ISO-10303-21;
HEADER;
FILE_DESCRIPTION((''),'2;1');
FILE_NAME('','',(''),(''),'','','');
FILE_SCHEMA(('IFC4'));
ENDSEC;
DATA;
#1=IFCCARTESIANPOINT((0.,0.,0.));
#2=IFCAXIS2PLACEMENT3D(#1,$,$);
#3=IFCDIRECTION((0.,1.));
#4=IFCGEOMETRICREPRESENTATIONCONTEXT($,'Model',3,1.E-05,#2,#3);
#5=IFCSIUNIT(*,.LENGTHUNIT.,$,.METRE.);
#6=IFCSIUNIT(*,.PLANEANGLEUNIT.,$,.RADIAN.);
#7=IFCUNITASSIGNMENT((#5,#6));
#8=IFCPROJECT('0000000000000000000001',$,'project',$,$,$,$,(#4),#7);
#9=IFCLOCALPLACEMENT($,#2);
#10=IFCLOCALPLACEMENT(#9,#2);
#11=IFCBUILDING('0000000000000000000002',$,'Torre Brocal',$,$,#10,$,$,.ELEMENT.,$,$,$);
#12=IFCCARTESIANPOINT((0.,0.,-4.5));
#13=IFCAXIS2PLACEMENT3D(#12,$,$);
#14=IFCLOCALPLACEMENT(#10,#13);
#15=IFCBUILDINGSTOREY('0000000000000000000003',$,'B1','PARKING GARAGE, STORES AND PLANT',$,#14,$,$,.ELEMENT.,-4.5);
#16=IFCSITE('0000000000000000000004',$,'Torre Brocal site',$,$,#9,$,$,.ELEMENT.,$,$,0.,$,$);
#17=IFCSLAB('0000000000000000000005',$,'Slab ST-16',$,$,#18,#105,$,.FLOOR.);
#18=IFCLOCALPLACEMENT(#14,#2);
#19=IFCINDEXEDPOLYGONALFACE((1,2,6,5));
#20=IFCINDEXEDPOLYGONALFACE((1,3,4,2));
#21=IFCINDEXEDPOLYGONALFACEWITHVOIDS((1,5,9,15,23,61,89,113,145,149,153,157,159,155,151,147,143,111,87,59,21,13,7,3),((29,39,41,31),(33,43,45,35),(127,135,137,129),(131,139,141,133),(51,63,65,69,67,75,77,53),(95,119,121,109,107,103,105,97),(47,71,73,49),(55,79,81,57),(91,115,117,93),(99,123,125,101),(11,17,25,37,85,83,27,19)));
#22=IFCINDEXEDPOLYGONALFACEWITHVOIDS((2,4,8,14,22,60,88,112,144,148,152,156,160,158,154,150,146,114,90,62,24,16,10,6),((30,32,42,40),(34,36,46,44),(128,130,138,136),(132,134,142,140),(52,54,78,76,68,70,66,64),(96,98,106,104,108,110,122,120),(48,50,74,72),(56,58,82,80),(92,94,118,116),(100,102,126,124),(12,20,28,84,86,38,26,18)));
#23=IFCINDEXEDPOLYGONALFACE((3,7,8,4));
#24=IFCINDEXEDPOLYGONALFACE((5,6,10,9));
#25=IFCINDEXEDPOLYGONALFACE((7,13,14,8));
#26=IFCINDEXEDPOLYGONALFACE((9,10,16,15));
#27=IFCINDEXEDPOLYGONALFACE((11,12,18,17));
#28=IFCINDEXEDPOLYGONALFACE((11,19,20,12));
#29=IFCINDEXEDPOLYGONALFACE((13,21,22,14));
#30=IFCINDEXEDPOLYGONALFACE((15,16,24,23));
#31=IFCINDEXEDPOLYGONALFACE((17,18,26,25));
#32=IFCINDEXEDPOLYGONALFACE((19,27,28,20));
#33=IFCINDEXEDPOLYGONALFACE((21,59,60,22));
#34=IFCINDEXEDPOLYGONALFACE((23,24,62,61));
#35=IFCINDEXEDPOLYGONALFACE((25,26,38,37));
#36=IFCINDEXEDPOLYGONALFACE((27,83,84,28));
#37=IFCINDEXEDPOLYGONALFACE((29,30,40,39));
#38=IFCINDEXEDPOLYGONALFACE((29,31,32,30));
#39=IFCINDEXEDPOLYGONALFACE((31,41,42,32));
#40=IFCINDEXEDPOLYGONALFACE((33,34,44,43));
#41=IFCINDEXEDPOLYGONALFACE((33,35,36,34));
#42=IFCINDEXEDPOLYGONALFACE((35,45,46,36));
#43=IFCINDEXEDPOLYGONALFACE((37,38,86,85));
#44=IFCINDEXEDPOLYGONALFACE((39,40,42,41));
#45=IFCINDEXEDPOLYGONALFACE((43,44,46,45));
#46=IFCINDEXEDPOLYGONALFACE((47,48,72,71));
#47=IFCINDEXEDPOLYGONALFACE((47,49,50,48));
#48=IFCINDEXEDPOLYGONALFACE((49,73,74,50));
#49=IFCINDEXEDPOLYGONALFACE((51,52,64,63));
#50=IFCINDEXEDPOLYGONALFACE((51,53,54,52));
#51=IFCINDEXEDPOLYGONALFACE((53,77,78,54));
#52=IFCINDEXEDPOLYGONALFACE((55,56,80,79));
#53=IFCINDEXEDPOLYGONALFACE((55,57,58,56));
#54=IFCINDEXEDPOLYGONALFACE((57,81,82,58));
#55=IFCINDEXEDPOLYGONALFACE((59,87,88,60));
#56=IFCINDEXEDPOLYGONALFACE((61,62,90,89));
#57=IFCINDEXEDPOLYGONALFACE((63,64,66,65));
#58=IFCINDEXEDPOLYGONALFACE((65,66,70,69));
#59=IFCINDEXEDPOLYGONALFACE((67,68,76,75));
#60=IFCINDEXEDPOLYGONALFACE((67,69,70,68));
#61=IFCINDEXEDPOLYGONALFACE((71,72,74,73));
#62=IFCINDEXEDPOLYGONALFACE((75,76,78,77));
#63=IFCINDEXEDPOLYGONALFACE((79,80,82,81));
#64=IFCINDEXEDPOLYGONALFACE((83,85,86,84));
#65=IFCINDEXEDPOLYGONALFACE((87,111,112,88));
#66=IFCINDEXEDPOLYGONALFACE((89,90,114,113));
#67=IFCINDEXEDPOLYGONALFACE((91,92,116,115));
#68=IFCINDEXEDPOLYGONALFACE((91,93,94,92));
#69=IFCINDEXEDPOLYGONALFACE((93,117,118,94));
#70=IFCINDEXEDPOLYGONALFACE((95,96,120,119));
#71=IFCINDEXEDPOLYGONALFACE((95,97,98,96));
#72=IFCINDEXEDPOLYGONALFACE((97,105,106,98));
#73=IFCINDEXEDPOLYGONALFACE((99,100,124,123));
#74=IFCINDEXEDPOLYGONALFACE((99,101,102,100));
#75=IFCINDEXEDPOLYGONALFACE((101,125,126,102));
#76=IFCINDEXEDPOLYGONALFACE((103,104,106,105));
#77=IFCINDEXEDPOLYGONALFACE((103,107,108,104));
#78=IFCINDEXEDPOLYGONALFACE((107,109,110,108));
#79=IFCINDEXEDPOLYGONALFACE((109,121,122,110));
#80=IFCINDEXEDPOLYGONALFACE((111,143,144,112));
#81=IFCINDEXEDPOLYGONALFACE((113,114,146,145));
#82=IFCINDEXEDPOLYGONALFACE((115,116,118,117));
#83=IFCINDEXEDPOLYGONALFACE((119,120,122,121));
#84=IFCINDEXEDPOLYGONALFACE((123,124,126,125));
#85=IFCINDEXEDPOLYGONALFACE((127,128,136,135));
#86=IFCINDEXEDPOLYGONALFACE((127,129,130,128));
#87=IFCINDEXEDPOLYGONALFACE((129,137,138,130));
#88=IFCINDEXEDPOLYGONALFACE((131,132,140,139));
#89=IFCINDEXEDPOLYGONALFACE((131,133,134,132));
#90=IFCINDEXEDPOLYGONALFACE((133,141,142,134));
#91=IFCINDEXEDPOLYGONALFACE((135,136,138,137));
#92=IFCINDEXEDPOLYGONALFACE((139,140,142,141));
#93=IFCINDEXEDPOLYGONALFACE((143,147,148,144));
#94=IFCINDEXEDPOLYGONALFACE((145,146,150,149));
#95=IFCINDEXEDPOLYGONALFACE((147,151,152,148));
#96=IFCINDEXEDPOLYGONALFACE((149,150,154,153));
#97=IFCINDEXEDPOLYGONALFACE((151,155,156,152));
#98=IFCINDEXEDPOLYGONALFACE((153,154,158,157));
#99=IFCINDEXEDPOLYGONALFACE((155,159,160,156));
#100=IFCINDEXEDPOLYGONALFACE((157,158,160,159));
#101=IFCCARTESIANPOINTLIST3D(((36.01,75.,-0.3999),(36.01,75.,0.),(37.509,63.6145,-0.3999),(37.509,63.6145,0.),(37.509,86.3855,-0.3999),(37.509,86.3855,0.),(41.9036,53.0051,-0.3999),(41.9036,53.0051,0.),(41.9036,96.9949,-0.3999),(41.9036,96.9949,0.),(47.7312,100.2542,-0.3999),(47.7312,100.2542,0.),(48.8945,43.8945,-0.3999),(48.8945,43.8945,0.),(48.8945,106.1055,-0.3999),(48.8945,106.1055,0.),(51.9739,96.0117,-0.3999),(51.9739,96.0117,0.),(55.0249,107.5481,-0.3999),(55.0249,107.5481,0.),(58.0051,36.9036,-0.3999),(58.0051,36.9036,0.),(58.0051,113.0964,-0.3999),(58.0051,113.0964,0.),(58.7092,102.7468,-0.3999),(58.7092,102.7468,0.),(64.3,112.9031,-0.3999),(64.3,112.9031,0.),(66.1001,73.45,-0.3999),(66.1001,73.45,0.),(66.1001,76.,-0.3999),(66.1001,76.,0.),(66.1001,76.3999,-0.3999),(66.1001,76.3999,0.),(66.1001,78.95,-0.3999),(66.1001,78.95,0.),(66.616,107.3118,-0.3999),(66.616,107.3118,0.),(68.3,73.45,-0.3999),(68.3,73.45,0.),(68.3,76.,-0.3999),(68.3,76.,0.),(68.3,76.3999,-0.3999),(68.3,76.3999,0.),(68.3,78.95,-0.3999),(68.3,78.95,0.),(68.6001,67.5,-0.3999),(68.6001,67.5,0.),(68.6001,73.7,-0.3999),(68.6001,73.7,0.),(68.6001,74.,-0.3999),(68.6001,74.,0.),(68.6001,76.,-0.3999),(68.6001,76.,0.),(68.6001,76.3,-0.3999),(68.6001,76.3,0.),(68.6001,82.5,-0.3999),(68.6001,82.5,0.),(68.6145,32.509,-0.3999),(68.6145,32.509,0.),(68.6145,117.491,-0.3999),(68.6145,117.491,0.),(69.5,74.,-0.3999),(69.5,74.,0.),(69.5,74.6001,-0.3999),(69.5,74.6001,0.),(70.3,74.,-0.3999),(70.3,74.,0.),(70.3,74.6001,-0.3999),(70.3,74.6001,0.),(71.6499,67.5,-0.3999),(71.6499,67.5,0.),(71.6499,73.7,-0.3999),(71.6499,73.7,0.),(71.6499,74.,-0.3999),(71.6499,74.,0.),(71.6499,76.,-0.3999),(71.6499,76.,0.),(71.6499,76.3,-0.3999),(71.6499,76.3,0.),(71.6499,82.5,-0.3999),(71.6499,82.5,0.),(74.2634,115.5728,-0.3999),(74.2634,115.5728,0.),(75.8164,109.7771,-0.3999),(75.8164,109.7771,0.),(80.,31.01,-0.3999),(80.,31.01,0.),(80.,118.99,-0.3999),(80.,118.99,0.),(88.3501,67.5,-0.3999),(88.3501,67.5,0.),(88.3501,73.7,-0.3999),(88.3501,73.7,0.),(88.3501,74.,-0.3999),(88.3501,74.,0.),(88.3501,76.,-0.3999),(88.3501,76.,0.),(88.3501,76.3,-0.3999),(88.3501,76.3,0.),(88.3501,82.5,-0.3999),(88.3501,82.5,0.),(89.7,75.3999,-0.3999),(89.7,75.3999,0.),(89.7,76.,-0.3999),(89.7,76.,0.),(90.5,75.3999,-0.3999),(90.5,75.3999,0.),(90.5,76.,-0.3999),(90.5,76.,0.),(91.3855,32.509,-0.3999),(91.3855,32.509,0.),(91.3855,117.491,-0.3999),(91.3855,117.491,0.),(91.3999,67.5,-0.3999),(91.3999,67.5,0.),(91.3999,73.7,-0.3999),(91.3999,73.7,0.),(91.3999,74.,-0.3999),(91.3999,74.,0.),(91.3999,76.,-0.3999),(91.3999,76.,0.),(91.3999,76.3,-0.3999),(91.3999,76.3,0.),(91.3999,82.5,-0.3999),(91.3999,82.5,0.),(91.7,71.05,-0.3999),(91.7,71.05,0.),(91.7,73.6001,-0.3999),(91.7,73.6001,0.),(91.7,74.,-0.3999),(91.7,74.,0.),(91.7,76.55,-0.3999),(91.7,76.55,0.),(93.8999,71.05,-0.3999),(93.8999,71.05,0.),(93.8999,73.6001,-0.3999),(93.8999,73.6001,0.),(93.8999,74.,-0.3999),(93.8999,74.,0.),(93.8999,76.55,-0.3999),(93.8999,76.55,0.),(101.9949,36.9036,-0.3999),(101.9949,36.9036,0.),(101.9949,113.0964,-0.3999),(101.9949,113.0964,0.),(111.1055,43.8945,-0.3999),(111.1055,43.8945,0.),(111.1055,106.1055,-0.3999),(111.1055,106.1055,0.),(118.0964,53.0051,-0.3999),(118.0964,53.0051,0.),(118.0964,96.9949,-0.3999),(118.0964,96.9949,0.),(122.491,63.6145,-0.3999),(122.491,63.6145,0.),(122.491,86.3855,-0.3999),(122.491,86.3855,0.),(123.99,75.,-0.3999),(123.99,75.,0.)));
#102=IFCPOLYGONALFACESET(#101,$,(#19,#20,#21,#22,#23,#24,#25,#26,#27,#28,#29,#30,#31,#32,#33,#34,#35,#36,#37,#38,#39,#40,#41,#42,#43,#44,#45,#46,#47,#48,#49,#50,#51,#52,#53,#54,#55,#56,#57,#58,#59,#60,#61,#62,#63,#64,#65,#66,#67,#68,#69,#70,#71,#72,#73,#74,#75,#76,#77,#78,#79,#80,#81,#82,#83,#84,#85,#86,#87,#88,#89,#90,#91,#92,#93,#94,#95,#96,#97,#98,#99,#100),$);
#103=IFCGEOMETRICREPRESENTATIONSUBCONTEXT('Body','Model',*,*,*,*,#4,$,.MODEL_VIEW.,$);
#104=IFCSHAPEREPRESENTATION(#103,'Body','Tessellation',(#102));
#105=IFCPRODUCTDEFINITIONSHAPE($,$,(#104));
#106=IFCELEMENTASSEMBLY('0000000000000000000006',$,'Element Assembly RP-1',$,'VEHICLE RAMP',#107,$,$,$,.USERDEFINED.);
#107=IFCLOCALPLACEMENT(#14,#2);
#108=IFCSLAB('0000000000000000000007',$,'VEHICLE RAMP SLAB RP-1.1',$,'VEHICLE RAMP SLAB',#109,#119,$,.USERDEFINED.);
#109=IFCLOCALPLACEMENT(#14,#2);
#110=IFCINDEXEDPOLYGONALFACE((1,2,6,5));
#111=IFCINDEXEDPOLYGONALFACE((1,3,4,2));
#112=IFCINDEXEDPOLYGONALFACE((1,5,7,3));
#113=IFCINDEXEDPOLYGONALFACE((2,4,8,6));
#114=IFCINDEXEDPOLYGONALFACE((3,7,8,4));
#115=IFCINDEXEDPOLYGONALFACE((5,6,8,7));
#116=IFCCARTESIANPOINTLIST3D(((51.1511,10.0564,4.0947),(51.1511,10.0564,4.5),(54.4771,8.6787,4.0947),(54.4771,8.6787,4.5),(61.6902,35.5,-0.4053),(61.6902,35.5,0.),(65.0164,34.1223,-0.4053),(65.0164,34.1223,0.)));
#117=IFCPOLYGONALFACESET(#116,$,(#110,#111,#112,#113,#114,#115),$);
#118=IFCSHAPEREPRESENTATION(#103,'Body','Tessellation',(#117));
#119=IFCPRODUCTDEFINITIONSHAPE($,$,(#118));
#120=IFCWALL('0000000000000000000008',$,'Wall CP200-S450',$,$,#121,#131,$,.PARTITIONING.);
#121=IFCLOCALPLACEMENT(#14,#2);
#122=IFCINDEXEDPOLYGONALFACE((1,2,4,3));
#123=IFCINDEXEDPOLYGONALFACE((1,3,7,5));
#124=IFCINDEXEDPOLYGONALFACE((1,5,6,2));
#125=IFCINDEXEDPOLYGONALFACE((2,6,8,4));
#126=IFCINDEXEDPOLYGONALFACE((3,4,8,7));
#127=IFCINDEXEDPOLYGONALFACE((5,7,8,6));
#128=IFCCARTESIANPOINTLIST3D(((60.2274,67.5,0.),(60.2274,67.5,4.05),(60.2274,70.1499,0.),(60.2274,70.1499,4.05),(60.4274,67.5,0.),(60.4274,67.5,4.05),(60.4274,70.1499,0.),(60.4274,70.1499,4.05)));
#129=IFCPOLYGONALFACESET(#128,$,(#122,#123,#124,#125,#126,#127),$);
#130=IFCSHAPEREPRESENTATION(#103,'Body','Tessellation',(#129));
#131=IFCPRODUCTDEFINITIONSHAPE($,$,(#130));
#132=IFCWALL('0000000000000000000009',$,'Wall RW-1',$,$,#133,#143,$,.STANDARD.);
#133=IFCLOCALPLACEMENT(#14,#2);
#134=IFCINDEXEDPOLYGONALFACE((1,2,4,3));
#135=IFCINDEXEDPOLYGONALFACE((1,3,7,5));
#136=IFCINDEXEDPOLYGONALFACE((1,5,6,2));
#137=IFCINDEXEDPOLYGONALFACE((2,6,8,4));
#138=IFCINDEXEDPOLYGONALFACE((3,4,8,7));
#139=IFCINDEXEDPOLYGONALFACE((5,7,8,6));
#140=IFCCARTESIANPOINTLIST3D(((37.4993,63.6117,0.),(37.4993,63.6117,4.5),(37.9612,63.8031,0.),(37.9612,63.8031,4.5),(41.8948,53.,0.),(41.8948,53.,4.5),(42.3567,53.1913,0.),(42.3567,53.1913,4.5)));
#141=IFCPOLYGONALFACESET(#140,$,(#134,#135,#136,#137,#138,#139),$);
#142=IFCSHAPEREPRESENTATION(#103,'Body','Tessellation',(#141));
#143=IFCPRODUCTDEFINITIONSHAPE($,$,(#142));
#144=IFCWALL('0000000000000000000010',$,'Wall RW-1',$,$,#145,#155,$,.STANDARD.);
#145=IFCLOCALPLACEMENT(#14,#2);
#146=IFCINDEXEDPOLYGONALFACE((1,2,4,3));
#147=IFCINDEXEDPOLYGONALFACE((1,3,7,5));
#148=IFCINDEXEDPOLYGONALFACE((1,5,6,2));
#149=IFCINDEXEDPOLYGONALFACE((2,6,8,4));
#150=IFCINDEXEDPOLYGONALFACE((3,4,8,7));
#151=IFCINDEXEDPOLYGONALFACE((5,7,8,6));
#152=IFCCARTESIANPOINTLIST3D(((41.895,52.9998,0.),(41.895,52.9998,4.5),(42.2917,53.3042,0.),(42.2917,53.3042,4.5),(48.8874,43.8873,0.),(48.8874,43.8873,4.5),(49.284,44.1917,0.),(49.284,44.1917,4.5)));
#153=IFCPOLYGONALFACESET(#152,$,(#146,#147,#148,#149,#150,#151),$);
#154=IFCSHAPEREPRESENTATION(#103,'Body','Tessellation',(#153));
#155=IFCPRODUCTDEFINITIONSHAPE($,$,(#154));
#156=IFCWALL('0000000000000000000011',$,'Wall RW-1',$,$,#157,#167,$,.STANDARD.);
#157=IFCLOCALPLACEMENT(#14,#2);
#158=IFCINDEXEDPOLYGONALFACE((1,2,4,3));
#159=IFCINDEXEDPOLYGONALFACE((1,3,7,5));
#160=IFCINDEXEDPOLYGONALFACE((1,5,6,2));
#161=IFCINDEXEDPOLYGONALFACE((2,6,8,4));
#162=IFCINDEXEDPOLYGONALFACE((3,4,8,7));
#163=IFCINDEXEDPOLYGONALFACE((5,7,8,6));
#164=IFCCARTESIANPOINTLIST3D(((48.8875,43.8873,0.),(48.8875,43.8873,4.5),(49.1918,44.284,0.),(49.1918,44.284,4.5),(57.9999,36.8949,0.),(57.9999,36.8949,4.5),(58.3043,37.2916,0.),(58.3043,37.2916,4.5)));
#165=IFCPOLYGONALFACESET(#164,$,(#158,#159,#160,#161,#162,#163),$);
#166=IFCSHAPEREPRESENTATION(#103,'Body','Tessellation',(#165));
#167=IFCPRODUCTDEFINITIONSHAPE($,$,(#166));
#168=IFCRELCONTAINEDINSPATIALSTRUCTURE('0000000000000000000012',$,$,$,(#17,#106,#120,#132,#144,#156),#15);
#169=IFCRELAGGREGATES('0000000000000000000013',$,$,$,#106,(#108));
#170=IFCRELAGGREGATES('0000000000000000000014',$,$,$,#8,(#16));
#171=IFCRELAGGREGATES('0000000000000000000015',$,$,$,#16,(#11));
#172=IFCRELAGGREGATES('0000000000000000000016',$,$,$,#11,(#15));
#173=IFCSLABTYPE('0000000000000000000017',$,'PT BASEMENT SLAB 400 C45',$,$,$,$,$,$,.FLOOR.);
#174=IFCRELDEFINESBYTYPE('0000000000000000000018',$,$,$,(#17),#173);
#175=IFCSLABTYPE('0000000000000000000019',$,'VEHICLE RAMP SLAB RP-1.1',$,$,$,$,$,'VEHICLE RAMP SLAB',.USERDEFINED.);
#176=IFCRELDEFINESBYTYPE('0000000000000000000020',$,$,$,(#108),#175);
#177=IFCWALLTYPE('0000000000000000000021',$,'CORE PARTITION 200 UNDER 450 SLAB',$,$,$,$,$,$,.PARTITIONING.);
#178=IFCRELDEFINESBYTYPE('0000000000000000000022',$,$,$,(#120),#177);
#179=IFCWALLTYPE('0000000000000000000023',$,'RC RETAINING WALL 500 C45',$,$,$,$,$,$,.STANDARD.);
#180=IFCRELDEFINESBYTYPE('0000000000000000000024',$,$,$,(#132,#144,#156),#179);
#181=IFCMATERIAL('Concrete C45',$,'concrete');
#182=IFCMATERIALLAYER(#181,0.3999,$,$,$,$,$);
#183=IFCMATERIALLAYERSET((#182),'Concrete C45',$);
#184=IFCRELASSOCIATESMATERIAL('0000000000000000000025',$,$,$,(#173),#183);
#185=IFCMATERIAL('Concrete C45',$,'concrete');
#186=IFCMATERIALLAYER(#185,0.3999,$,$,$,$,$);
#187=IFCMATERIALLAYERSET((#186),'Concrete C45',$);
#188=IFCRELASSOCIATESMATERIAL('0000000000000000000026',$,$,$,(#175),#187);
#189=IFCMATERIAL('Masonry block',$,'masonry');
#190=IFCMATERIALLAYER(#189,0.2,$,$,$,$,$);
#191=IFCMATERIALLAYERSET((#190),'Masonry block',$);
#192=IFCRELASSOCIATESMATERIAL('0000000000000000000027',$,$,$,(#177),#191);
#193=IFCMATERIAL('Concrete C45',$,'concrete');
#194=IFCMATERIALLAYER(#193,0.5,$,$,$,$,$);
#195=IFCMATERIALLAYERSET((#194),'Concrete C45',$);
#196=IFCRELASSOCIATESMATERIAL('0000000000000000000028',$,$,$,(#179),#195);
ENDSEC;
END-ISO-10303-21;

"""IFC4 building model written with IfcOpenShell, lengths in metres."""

from ifc_helpers import new_model, si_unit, direction, frame, frame_2d, origin, place, context, subcontext, project, spatial, polyline, rectangle, outline, extrude, material, layer, layer_set, type_object, element, aggregate, save


model = new_model("IFC4")

# Units and contexts
model_context = context("Model", 3, precision=1e-05, world=origin(), true_north=direction((0.0, 1.0)))
body_context = subcontext(model_context, "Body", "Model", "MODEL_VIEW")
ifc_project = project(units=[si_unit("LENGTHUNIT", "METRE"), si_unit("PLANEANGLEUNIT", "RADIAN")], contexts=[model_context])

# Site, building, storey
site_placement = place(None, origin())
site = spatial("IfcSite", under=ifc_project, at=site_placement, Name="Torre Brocal site", CompositionType="ELEMENT", RefElevation=0.0)
building_placement = place(site_placement, origin())
building = spatial("IfcBuilding", under=site, at=building_placement, Name="Torre Brocal", CompositionType="ELEMENT")
storey_placement = place(building_placement, frame((0.0, 0.0, -4.5)))
storey = spatial("IfcBuildingStorey", under=building, at=storey_placement, Name="B1", Description="PARKING GARAGE, STORES AND PLANT", CompositionType="ELEMENT", Elevation=-4.5)

# Slab
ifc_material_1 = material(Name="Concrete C45", Category="concrete")
ifc_layer_1 = layer(ifc_material_1, 0.3999)
ifc_layer_set_1 = layer_set([ifc_layer_1], Name="Concrete C45")
slab_type_1 = type_object("IfcSlabType", Name="PT BASEMENT SLAB 400 C45", PredefinedType="FLOOR", material=ifc_layer_set_1)
slab_1_placement = place(storey_placement, frame((0.0, 0.0, -0.3999)))
element("IfcSlab", 1, at=slab_1_placement, inside=storey, type_object=slab_type_1, Name="Slab ST-16", PredefinedType="FLOOR", context=body_context, shape_type="SweptSolid", body=[
    extrude(outline(polyline([(118.0964, 53.0051), (111.1055, 43.8945), (101.9949, 36.9036), (91.3855, 32.509), (80.0, 31.01), (68.6145, 32.509), (58.0051, 36.9036), (48.8945, 43.8945), (41.9036, 53.0051), (37.509, 63.6145), (36.01, 75.0), (37.509, 86.3855), (41.9036, 96.9949), (48.8945, 106.1055), (58.0051, 113.0964), (68.6145, 117.491), (80.0, 118.99), (91.3855, 117.491), (101.9949, 113.0964), (111.1055, 106.1055), (118.0964, 96.9949), (122.491, 86.3855), (123.99, 75.0), (122.491, 63.6145), (118.0964, 53.0051)]), holes=[polyline([(91.7, 73.6001), (91.7, 71.05), (93.8999, 71.05), (93.8999, 73.6001), (91.7, 73.6001)]), polyline([(91.7, 76.55), (91.7, 74.0), (93.8999, 74.0), (93.8999, 76.55), (91.7, 76.55)]), polyline([(90.5, 75.3999), (89.7, 75.3999), (89.7, 76.0), (88.3501, 76.0), (88.3501, 74.0), (91.3999, 74.0), (91.3999, 76.0), (90.5, 76.0), (90.5, 75.3999)]), polyline([(88.3501, 73.7), (88.3501, 67.5), (91.3999, 67.5), (91.3999, 73.7), (88.3501, 73.7)]), polyline([(91.3999, 82.5), (88.3501, 82.5), (88.3501, 76.3), (91.3999, 76.3), (91.3999, 82.5)]), polyline([(47.7312, 100.2542), (51.9739, 96.0117), (58.7092, 102.7468), (66.616, 107.3118), (75.8164, 109.7771), (74.2634, 115.5728), (64.3, 112.9031), (55.0249, 107.5481), (47.7312, 100.2542)]), polyline([(69.5, 74.0), (69.5, 74.6001), (70.3, 74.6001), (70.3, 74.0), (71.6499, 74.0), (71.6499, 76.0), (68.6001, 76.0), (68.6001, 74.0), (69.5, 74.0)]), polyline([(68.6001, 76.3), (71.6499, 76.3), (71.6499, 82.5), (68.6001, 82.5), (68.6001, 76.3)]), polyline([(71.6499, 73.7), (68.6001, 73.7), (68.6001, 67.5), (71.6499, 67.5), (71.6499, 73.7)]), polyline([(68.3, 73.45), (68.3, 76.0), (66.1001, 76.0), (66.1001, 73.45), (68.3, 73.45)]), polyline([(68.3, 76.3999), (68.3, 78.95), (66.1001, 78.95), (66.1001, 76.3999), (68.3, 76.3999)])]), origin(), (0.0, 0.0, 1.0), 0.3999),
])

# Element assembly, slab
assembly_placement = place(storey_placement, origin())
assembly = element("IfcElementAssembly", 2, at=assembly_placement, inside=storey, Name="Element Assembly RP-1", ObjectType="VEHICLE RAMP", PredefinedType="USERDEFINED")
ifc_material_2 = material(Name="Concrete C45", Category="concrete")
ifc_layer_2 = layer(ifc_material_2, 0.3999)
ifc_layer_set_2 = layer_set([ifc_layer_2], Name="Concrete C45")
slab_type_2 = type_object("IfcSlabType", Name="VEHICLE RAMP SLAB RP-1.1", ElementType="VEHICLE RAMP SLAB", PredefinedType="USERDEFINED", material=ifc_layer_set_2)
slab_2_placement = place(storey_placement, frame((51.1511, 10.0564, 4.5), z_axis=(0.061711, 0.148985, 0.986912), x_axis=(0.923876, -0.382693, 0.000002)))
slab_2 = element("IfcSlab", 3, at=slab_2_placement, type_object=slab_type_2, Name="VEHICLE RAMP SLAB RP-1.1", ObjectType="VEHICLE RAMP SLAB", PredefinedType="USERDEFINED", context=body_context, shape_type="SweptSolid", body=[
    extrude(outline(polyline([(0.0, 0.0), (3.6, 0.0), (3.5999, 27.9053), (-0.0003, 27.9052), (0.0, 0.0)])), origin(), (-0.000002, 0.16126, -0.986912), 0.4053),
])
aggregate(assembly, [slab_2])

# Walls
ifc_material_3 = material(Name="Masonry block", Category="masonry")
ifc_layer_3 = layer(ifc_material_3, 0.2)
ifc_layer_set_3 = layer_set([ifc_layer_3], Name="Masonry block")
wall_type_1 = type_object("IfcWallType", Name="CORE PARTITION 200 UNDER 450 SLAB", PredefinedType="PARTITIONING", material=ifc_layer_set_3)
wall_1_placement = place(storey_placement, frame((60.3274, 70.1499, 0.0), z_axis=(0.0, 0.0, 1.0), x_axis=(0.0, -1.0, 0.0)))
element("IfcWall", 4, at=wall_1_placement, inside=storey, type_object=wall_type_1, Name="Wall CP200-S450", PredefinedType="PARTITIONING", context=body_context, shape_type="SweptSolid", body=[
    extrude(rectangle(XDim=2.6499, YDim=0.2, at=frame_2d((1.325, 0.0))), origin(), (0.0, 0.0, 1.0), 4.05),
])
ifc_material_4 = material(Name="Concrete C45", Category="concrete")
ifc_layer_4 = layer(ifc_material_4, 0.5)
ifc_layer_set_4 = layer_set([ifc_layer_4], Name="Concrete C45")
wall_type_2 = type_object("IfcWallType", Name="RC RETAINING WALL 500 C45", PredefinedType="STANDARD", material=ifc_layer_set_4)
for number, where, z_axis, x_axis, name in (
    (5, (37.7302, 63.7075, 0.0), (0.0, 0.0, 1.0), (0.38268, -0.923881, 0.0), "Wall RW-1"),
    (6, (42.0933, 53.1521, 0.0), (0.0, 0.0, 1.0), (0.608768, -0.793348, 0.0), "Wall RW-1"),
    (7, (49.0396, 44.0857, 0.0), (0.0, 0.0, 1.0), (0.793348, -0.608768, 0.0), "Wall RW-1"),
):
    element("IfcWall", number, at=place(storey_placement, frame(where, z_axis=z_axis, x_axis=x_axis)), inside=storey, type_object=wall_type_2, Name=name, PredefinedType="STANDARD", context=body_context, shape_type="SweptSolid", body=[
        extrude(rectangle(XDim=11.4861, YDim=0.5, at=frame_2d((5.7432, 0.0))), origin(), (0.0, 0.0, 1.0), 4.5),
    ])

save(model, "model.ifc")
